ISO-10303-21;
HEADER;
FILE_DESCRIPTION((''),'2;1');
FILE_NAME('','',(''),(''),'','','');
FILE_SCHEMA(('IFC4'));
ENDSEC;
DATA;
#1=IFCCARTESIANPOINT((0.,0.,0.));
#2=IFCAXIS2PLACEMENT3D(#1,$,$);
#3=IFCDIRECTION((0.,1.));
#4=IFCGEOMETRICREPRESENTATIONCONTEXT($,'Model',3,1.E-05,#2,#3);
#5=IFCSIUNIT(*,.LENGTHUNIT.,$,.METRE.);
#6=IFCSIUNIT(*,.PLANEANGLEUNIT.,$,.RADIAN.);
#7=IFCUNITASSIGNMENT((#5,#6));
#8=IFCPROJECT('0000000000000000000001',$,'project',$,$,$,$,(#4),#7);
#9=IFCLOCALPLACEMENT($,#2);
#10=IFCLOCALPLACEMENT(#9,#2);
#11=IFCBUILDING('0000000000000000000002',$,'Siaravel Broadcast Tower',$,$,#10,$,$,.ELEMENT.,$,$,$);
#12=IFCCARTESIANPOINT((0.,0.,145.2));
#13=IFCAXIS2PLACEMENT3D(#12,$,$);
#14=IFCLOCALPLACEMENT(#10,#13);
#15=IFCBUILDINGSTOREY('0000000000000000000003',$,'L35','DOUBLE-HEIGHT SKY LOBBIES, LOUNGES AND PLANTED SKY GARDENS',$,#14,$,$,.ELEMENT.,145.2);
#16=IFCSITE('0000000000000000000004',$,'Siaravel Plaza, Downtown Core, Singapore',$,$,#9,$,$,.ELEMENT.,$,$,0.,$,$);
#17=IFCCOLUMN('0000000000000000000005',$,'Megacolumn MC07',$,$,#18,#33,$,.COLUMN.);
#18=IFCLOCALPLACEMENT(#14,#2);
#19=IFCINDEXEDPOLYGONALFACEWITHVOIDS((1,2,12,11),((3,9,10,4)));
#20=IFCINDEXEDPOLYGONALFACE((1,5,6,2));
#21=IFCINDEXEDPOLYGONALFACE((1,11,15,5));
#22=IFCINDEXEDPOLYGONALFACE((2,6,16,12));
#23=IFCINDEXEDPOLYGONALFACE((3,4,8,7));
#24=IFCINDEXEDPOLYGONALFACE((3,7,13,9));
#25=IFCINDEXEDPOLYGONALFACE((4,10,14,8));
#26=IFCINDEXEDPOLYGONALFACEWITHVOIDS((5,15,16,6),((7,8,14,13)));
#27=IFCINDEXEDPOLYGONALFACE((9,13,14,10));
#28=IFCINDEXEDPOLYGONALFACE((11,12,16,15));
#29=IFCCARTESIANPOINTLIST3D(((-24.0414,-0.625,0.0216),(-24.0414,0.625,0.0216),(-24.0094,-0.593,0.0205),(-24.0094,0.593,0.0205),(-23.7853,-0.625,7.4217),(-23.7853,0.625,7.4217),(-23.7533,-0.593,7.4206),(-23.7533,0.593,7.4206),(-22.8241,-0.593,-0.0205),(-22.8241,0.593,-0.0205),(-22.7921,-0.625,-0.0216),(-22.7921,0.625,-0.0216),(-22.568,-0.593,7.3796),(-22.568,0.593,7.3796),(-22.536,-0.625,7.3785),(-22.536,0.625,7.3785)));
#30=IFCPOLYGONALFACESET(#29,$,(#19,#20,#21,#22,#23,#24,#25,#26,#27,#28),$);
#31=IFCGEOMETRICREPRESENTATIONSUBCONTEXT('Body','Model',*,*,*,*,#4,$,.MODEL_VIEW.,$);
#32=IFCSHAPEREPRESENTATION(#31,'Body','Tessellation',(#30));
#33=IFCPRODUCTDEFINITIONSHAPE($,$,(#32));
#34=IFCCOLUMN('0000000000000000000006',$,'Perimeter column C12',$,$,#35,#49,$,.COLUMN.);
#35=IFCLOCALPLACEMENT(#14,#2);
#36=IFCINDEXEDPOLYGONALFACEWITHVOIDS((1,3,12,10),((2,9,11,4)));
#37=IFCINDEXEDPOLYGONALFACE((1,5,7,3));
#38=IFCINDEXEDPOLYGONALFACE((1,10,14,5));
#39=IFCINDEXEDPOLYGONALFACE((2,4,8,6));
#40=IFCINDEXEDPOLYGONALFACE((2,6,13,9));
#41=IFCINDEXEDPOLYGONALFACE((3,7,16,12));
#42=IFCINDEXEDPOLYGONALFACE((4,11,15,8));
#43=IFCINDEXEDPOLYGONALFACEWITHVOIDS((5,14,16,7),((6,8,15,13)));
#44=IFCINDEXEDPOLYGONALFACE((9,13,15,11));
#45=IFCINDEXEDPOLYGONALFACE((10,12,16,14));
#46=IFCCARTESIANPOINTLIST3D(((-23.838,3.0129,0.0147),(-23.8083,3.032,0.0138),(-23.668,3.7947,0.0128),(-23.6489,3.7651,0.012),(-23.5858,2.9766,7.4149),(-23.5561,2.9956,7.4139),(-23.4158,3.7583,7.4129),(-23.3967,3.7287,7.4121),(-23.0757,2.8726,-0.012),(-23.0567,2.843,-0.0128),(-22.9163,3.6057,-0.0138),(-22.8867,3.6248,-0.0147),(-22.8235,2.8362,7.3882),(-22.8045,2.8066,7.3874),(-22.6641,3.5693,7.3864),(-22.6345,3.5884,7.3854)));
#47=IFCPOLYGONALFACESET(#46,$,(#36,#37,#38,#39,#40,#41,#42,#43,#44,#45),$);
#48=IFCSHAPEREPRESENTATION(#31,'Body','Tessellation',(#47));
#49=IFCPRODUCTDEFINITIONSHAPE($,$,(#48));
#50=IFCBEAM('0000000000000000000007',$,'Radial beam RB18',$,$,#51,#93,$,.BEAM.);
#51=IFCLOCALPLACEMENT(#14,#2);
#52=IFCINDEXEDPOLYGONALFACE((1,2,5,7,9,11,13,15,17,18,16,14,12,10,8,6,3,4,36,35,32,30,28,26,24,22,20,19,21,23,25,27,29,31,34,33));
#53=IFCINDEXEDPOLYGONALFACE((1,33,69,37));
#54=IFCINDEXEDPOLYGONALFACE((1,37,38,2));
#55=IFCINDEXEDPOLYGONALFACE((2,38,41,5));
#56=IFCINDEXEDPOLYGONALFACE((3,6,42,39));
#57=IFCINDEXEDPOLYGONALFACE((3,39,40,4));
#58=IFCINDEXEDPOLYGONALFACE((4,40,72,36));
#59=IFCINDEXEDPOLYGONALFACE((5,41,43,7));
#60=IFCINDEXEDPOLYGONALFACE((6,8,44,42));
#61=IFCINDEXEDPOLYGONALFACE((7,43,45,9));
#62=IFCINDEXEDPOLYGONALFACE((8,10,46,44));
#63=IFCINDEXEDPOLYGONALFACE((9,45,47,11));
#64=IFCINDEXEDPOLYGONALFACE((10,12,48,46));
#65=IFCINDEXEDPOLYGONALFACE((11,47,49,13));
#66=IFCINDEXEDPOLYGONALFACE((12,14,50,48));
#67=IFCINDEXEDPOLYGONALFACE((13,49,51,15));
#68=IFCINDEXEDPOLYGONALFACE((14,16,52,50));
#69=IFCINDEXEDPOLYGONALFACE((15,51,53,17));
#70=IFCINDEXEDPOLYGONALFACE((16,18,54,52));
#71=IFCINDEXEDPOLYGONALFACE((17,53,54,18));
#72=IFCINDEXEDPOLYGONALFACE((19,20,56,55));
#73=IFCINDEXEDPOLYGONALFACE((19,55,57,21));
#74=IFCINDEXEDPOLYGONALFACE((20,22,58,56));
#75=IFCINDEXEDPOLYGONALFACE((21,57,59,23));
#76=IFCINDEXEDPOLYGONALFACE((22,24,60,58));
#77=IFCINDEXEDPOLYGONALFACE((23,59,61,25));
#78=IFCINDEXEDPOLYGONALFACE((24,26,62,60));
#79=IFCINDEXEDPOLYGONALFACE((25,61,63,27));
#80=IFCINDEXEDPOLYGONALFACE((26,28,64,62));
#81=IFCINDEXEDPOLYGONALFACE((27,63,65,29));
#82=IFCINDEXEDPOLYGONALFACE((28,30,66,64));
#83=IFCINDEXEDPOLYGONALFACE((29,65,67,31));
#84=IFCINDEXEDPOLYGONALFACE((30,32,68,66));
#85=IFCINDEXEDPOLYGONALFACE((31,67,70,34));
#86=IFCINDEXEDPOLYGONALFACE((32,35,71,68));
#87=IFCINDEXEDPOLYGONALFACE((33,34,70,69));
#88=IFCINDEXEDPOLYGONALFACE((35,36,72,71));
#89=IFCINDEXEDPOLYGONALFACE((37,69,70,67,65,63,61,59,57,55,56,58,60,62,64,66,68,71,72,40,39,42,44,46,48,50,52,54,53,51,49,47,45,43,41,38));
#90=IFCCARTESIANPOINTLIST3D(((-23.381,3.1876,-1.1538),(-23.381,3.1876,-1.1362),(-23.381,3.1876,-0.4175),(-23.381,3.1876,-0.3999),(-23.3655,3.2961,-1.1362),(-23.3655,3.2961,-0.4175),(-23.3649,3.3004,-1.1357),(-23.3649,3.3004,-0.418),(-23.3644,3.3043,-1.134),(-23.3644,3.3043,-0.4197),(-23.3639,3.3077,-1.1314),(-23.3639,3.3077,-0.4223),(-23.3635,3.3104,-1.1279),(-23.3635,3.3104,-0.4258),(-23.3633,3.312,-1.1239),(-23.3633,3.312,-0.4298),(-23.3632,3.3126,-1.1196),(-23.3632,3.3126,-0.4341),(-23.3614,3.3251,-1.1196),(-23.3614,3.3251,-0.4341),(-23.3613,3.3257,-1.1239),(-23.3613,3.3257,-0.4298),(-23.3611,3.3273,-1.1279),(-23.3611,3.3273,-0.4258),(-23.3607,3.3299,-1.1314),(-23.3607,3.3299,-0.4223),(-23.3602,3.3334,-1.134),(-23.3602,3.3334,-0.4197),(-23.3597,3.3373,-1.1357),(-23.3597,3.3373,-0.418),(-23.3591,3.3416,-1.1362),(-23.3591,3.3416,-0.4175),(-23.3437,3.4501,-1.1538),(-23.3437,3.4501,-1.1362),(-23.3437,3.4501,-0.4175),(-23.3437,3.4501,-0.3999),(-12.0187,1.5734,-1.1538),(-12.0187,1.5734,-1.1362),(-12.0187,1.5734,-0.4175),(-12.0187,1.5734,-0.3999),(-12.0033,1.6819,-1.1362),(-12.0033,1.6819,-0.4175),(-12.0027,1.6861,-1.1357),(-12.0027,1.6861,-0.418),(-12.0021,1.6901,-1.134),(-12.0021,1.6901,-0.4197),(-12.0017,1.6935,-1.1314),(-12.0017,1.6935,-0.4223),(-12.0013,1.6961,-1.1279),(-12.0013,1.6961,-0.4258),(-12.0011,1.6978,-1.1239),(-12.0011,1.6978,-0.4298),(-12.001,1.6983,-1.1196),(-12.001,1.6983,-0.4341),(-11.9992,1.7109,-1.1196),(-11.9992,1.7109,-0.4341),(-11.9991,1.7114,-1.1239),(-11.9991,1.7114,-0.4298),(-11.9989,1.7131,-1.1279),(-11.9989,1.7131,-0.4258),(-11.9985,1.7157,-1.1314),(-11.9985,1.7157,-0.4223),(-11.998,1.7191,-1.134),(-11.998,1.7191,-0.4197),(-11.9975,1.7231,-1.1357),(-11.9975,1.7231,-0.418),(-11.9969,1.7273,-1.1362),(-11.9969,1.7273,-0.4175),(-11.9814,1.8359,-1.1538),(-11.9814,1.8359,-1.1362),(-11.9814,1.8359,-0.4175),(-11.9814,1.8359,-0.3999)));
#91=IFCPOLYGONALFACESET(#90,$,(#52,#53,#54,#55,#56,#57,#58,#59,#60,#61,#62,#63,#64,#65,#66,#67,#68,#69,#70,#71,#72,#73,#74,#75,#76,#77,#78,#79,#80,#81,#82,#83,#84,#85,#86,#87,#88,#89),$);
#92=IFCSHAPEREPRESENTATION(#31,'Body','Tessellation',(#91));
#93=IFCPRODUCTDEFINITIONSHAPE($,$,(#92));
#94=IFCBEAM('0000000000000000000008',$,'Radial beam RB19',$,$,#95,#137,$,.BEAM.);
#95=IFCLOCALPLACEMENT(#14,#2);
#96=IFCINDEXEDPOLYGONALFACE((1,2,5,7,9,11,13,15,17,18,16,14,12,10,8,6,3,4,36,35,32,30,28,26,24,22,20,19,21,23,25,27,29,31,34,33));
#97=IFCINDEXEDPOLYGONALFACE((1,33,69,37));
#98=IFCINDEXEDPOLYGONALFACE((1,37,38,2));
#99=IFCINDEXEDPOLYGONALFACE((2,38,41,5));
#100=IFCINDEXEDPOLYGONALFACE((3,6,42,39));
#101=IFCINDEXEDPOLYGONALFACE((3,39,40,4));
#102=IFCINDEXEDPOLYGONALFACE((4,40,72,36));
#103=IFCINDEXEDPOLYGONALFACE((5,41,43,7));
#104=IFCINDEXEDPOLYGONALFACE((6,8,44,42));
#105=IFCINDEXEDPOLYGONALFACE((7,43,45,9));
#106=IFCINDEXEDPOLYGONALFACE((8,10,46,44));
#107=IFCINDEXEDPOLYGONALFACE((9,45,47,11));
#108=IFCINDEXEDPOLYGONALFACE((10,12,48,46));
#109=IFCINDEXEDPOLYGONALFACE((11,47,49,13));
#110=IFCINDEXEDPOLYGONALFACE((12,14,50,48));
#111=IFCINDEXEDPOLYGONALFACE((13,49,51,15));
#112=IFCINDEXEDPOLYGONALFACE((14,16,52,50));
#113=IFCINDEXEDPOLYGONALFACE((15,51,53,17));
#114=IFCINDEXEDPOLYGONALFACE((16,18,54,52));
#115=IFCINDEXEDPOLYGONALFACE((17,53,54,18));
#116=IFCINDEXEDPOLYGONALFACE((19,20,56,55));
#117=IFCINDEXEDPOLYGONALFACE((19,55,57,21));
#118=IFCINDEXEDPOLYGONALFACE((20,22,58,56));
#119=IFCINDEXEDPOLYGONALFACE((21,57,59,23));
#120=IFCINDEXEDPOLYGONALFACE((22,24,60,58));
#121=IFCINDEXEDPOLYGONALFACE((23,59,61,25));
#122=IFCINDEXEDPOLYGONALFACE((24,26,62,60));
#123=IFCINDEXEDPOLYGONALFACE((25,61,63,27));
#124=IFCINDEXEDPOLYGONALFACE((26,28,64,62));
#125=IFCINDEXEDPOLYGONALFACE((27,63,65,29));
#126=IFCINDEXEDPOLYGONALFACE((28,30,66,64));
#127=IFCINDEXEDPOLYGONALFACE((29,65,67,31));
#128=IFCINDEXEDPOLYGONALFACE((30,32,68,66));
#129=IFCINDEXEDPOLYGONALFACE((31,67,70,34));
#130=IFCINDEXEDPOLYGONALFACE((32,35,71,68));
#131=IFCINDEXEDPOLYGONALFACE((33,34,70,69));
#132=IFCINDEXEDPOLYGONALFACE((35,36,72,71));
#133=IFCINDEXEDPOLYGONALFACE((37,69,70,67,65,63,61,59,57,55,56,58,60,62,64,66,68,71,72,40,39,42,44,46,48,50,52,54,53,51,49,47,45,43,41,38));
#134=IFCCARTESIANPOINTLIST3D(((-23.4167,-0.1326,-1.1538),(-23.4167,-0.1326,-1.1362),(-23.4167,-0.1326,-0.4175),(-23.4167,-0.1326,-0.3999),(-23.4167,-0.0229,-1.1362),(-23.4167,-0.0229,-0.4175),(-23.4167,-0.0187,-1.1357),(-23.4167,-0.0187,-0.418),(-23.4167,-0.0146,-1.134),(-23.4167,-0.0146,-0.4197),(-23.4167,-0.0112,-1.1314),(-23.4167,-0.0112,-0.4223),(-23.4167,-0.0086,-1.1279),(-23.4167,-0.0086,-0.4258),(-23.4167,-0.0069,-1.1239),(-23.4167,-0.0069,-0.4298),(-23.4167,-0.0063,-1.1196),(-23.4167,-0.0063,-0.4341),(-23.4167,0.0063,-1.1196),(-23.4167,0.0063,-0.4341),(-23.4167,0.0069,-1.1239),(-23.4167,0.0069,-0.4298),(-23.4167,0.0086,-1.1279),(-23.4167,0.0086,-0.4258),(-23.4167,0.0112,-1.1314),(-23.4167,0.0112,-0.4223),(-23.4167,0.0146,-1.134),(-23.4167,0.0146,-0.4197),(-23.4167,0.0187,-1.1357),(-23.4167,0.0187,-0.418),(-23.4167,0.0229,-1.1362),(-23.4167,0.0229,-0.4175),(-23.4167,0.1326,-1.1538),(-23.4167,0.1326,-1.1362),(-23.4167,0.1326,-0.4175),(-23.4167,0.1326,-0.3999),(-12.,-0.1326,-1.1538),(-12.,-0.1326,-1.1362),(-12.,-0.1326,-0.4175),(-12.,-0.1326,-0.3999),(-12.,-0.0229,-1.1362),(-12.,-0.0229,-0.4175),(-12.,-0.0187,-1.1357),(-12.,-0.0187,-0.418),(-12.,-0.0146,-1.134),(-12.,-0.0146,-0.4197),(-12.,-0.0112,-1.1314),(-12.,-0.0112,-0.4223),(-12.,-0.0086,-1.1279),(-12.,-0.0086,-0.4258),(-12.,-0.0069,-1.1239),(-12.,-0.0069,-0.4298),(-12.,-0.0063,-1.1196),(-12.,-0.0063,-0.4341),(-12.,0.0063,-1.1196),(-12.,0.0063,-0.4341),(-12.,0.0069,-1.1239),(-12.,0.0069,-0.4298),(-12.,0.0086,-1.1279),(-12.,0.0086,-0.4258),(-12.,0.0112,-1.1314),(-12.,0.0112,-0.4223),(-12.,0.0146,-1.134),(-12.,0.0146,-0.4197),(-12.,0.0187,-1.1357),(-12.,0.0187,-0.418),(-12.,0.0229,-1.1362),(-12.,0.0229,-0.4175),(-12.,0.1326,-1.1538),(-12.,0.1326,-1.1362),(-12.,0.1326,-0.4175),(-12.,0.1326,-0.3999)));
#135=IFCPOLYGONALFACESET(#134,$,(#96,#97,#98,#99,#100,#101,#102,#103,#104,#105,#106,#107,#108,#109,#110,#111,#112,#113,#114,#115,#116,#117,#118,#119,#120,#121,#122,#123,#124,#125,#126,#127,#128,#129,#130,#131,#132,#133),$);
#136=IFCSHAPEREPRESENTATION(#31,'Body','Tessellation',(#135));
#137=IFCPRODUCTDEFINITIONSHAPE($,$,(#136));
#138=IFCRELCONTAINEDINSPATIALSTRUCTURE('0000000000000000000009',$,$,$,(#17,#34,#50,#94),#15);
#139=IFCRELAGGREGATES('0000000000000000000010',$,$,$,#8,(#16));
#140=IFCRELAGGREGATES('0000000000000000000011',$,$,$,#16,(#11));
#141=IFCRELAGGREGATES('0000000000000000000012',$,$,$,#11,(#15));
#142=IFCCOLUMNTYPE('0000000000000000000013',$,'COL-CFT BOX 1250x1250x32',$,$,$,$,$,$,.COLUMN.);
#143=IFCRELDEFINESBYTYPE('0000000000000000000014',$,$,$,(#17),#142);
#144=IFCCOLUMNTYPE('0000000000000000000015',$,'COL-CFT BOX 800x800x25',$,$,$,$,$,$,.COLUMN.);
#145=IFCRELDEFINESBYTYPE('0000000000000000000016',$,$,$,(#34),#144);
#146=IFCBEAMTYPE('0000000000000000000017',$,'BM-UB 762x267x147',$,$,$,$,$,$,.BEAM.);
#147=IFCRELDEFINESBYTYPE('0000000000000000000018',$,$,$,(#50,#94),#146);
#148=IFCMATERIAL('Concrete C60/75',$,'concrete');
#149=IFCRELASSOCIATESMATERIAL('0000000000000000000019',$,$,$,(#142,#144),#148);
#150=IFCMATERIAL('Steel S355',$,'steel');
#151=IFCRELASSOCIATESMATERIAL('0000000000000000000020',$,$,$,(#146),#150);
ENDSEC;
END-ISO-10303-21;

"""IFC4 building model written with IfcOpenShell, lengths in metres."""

from ifc_helpers import new_model, si_unit, direction, frame, origin, origin_2d, place, context, subcontext, project, spatial, hollow_rectangle, i_section, extrude, material, material_profile, profile_set, type_object, element, save


model = new_model("IFC4")

# Units and contexts
model_context = context("Model", 3, precision=1e-05, world=origin(), true_north=direction((0.0, 1.0)))
body_context = subcontext(model_context, "Body", "Model", "MODEL_VIEW")
ifc_project = project(units=[si_unit("LENGTHUNIT", "METRE"), si_unit("PLANEANGLEUNIT", "RADIAN")], contexts=[model_context])

# Site, building, storey
site_placement = place(None, origin())
site = spatial("IfcSite", under=ifc_project, at=site_placement, Name="Siaravel Plaza, Downtown Core, Singapore", CompositionType="ELEMENT", RefElevation=0.0)
building_placement = place(site_placement, origin())
building = spatial("IfcBuilding", under=site, at=building_placement, Name="Siaravel Broadcast Tower", CompositionType="ELEMENT")
storey_placement = place(building_placement, frame((0.0, 0.0, 145.2)))
storey = spatial("IfcBuildingStorey", under=building, at=storey_placement, Name="L35", Description="DOUBLE-HEIGHT SKY LOBBIES, LOUNGES AND PLANTED SKY GARDENS", CompositionType="ELEMENT", Elevation=145.2)

# Columns
ifc_material_1 = material(Name="Concrete C60/75", Category="concrete")
ifc_material_profile_1 = material_profile(ifc_material_1, hollow_rectangle(XDim=1.25, YDim=1.25, WallThickness=0.032, at=origin_2d()))
ifc_profile_set_1 = profile_set([ifc_material_profile_1], Name="Concrete C60/75")
column_type_1 = type_object("IfcColumnType", Name="COL-CFT BOX 1250x1250x32", PredefinedType="COLUMN", material=ifc_profile_set_1)
column_1_placement = place(storey_placement, frame((-23.4167, 0.0, 0.0), z_axis=(0.034587, 0.0, 0.999402), x_axis=(0.0, 1.0, 0.0)))
element("IfcColumn", 1, at=column_1_placement, inside=storey, type_object=column_type_1, Name="Megacolumn MC07", PredefinedType="COLUMN", context=body_context, shape_type="SweptSolid", body=[
    extrude(hollow_rectangle(XDim=1.25, YDim=1.25, WallThickness=0.032, at=origin_2d()), origin(), (0.0, 0.0, 1.0), 7.4045),
])
ifc_material_profile_2 = material_profile(ifc_material_1, hollow_rectangle(XDim=0.8, YDim=0.8, WallThickness=0.0249, at=origin_2d()))
ifc_profile_set_2 = profile_set([ifc_material_profile_2], Name="Concrete C60/75")
column_type_2 = type_object("IfcColumnType", Name="COL-CFT BOX 800x800x25", PredefinedType="COLUMN", material=ifc_profile_set_2)
column_2_placement = place(storey_placement, frame((-23.3623, 3.3188, 0.0), z_axis=(0.03406, -0.004913, 0.999408), x_axis=(0.21249, 0.97716, -0.002438)))
element("IfcColumn", 2, at=column_2_placement, inside=storey, type_object=column_type_2, Name="Perimeter column C12", PredefinedType="COLUMN", context=body_context, shape_type="SweptSolid", body=[
    extrude(hollow_rectangle(XDim=0.8, YDim=0.8, WallThickness=0.0249, at=origin_2d()), origin(), (0.0, 0.0, 1.0), 7.4045),
])

# Beams
ifc_material_2 = material(Name="Steel S355", Category="steel")
ifc_material_profile_3 = material_profile(ifc_material_2, i_section(OverallWidth=0.2651, OverallDepth=0.7539, WebThickness=0.0127, FlangeThickness=0.0176, FilletRadius=0.0166, at=origin_2d()))
ifc_profile_set_3 = profile_set([ifc_material_profile_3], Name="Steel S355")
beam_type = type_object("IfcBeamType", Name="BM-UB 762x267x147", PredefinedType="BEAM", material=ifc_profile_set_3)
beam_1_placement = place(storey_placement, frame((-23.3623, 3.3188, -0.7769), z_axis=(0.990058, -0.140659, 0.0), x_axis=(0.140659, 0.990058, 0.0)))
element("IfcBeam", 3, at=beam_1_placement, inside=storey, type_object=beam_type, Name="Radial beam RB18", PredefinedType="BEAM", context=body_context, shape_type="SweptSolid", body=[
    extrude(i_section(OverallWidth=0.2651, OverallDepth=0.7539, WebThickness=0.0127, FlangeThickness=0.0176, FilletRadius=0.0166, at=origin_2d()), origin(), (0.0, 0.0, 1.0), 11.4763),
])
beam_2_placement = place(storey_placement, frame((-23.4167, 0.0, -0.7769), z_axis=(1.0, 0.0, 0.0), x_axis=(0.0, 1.0, 0.0)))
element("IfcBeam", 4, at=beam_2_placement, inside=storey, type_object=beam_type, Name="Radial beam RB19", PredefinedType="BEAM", context=body_context, shape_type="SweptSolid", body=[
    extrude(i_section(OverallWidth=0.2651, OverallDepth=0.7539, WebThickness=0.0127, FlangeThickness=0.0176, FilletRadius=0.0166, at=origin_2d()), origin(), (0.0, 0.0, 1.0), 11.4167),
])

save(model, "model.ifc")
